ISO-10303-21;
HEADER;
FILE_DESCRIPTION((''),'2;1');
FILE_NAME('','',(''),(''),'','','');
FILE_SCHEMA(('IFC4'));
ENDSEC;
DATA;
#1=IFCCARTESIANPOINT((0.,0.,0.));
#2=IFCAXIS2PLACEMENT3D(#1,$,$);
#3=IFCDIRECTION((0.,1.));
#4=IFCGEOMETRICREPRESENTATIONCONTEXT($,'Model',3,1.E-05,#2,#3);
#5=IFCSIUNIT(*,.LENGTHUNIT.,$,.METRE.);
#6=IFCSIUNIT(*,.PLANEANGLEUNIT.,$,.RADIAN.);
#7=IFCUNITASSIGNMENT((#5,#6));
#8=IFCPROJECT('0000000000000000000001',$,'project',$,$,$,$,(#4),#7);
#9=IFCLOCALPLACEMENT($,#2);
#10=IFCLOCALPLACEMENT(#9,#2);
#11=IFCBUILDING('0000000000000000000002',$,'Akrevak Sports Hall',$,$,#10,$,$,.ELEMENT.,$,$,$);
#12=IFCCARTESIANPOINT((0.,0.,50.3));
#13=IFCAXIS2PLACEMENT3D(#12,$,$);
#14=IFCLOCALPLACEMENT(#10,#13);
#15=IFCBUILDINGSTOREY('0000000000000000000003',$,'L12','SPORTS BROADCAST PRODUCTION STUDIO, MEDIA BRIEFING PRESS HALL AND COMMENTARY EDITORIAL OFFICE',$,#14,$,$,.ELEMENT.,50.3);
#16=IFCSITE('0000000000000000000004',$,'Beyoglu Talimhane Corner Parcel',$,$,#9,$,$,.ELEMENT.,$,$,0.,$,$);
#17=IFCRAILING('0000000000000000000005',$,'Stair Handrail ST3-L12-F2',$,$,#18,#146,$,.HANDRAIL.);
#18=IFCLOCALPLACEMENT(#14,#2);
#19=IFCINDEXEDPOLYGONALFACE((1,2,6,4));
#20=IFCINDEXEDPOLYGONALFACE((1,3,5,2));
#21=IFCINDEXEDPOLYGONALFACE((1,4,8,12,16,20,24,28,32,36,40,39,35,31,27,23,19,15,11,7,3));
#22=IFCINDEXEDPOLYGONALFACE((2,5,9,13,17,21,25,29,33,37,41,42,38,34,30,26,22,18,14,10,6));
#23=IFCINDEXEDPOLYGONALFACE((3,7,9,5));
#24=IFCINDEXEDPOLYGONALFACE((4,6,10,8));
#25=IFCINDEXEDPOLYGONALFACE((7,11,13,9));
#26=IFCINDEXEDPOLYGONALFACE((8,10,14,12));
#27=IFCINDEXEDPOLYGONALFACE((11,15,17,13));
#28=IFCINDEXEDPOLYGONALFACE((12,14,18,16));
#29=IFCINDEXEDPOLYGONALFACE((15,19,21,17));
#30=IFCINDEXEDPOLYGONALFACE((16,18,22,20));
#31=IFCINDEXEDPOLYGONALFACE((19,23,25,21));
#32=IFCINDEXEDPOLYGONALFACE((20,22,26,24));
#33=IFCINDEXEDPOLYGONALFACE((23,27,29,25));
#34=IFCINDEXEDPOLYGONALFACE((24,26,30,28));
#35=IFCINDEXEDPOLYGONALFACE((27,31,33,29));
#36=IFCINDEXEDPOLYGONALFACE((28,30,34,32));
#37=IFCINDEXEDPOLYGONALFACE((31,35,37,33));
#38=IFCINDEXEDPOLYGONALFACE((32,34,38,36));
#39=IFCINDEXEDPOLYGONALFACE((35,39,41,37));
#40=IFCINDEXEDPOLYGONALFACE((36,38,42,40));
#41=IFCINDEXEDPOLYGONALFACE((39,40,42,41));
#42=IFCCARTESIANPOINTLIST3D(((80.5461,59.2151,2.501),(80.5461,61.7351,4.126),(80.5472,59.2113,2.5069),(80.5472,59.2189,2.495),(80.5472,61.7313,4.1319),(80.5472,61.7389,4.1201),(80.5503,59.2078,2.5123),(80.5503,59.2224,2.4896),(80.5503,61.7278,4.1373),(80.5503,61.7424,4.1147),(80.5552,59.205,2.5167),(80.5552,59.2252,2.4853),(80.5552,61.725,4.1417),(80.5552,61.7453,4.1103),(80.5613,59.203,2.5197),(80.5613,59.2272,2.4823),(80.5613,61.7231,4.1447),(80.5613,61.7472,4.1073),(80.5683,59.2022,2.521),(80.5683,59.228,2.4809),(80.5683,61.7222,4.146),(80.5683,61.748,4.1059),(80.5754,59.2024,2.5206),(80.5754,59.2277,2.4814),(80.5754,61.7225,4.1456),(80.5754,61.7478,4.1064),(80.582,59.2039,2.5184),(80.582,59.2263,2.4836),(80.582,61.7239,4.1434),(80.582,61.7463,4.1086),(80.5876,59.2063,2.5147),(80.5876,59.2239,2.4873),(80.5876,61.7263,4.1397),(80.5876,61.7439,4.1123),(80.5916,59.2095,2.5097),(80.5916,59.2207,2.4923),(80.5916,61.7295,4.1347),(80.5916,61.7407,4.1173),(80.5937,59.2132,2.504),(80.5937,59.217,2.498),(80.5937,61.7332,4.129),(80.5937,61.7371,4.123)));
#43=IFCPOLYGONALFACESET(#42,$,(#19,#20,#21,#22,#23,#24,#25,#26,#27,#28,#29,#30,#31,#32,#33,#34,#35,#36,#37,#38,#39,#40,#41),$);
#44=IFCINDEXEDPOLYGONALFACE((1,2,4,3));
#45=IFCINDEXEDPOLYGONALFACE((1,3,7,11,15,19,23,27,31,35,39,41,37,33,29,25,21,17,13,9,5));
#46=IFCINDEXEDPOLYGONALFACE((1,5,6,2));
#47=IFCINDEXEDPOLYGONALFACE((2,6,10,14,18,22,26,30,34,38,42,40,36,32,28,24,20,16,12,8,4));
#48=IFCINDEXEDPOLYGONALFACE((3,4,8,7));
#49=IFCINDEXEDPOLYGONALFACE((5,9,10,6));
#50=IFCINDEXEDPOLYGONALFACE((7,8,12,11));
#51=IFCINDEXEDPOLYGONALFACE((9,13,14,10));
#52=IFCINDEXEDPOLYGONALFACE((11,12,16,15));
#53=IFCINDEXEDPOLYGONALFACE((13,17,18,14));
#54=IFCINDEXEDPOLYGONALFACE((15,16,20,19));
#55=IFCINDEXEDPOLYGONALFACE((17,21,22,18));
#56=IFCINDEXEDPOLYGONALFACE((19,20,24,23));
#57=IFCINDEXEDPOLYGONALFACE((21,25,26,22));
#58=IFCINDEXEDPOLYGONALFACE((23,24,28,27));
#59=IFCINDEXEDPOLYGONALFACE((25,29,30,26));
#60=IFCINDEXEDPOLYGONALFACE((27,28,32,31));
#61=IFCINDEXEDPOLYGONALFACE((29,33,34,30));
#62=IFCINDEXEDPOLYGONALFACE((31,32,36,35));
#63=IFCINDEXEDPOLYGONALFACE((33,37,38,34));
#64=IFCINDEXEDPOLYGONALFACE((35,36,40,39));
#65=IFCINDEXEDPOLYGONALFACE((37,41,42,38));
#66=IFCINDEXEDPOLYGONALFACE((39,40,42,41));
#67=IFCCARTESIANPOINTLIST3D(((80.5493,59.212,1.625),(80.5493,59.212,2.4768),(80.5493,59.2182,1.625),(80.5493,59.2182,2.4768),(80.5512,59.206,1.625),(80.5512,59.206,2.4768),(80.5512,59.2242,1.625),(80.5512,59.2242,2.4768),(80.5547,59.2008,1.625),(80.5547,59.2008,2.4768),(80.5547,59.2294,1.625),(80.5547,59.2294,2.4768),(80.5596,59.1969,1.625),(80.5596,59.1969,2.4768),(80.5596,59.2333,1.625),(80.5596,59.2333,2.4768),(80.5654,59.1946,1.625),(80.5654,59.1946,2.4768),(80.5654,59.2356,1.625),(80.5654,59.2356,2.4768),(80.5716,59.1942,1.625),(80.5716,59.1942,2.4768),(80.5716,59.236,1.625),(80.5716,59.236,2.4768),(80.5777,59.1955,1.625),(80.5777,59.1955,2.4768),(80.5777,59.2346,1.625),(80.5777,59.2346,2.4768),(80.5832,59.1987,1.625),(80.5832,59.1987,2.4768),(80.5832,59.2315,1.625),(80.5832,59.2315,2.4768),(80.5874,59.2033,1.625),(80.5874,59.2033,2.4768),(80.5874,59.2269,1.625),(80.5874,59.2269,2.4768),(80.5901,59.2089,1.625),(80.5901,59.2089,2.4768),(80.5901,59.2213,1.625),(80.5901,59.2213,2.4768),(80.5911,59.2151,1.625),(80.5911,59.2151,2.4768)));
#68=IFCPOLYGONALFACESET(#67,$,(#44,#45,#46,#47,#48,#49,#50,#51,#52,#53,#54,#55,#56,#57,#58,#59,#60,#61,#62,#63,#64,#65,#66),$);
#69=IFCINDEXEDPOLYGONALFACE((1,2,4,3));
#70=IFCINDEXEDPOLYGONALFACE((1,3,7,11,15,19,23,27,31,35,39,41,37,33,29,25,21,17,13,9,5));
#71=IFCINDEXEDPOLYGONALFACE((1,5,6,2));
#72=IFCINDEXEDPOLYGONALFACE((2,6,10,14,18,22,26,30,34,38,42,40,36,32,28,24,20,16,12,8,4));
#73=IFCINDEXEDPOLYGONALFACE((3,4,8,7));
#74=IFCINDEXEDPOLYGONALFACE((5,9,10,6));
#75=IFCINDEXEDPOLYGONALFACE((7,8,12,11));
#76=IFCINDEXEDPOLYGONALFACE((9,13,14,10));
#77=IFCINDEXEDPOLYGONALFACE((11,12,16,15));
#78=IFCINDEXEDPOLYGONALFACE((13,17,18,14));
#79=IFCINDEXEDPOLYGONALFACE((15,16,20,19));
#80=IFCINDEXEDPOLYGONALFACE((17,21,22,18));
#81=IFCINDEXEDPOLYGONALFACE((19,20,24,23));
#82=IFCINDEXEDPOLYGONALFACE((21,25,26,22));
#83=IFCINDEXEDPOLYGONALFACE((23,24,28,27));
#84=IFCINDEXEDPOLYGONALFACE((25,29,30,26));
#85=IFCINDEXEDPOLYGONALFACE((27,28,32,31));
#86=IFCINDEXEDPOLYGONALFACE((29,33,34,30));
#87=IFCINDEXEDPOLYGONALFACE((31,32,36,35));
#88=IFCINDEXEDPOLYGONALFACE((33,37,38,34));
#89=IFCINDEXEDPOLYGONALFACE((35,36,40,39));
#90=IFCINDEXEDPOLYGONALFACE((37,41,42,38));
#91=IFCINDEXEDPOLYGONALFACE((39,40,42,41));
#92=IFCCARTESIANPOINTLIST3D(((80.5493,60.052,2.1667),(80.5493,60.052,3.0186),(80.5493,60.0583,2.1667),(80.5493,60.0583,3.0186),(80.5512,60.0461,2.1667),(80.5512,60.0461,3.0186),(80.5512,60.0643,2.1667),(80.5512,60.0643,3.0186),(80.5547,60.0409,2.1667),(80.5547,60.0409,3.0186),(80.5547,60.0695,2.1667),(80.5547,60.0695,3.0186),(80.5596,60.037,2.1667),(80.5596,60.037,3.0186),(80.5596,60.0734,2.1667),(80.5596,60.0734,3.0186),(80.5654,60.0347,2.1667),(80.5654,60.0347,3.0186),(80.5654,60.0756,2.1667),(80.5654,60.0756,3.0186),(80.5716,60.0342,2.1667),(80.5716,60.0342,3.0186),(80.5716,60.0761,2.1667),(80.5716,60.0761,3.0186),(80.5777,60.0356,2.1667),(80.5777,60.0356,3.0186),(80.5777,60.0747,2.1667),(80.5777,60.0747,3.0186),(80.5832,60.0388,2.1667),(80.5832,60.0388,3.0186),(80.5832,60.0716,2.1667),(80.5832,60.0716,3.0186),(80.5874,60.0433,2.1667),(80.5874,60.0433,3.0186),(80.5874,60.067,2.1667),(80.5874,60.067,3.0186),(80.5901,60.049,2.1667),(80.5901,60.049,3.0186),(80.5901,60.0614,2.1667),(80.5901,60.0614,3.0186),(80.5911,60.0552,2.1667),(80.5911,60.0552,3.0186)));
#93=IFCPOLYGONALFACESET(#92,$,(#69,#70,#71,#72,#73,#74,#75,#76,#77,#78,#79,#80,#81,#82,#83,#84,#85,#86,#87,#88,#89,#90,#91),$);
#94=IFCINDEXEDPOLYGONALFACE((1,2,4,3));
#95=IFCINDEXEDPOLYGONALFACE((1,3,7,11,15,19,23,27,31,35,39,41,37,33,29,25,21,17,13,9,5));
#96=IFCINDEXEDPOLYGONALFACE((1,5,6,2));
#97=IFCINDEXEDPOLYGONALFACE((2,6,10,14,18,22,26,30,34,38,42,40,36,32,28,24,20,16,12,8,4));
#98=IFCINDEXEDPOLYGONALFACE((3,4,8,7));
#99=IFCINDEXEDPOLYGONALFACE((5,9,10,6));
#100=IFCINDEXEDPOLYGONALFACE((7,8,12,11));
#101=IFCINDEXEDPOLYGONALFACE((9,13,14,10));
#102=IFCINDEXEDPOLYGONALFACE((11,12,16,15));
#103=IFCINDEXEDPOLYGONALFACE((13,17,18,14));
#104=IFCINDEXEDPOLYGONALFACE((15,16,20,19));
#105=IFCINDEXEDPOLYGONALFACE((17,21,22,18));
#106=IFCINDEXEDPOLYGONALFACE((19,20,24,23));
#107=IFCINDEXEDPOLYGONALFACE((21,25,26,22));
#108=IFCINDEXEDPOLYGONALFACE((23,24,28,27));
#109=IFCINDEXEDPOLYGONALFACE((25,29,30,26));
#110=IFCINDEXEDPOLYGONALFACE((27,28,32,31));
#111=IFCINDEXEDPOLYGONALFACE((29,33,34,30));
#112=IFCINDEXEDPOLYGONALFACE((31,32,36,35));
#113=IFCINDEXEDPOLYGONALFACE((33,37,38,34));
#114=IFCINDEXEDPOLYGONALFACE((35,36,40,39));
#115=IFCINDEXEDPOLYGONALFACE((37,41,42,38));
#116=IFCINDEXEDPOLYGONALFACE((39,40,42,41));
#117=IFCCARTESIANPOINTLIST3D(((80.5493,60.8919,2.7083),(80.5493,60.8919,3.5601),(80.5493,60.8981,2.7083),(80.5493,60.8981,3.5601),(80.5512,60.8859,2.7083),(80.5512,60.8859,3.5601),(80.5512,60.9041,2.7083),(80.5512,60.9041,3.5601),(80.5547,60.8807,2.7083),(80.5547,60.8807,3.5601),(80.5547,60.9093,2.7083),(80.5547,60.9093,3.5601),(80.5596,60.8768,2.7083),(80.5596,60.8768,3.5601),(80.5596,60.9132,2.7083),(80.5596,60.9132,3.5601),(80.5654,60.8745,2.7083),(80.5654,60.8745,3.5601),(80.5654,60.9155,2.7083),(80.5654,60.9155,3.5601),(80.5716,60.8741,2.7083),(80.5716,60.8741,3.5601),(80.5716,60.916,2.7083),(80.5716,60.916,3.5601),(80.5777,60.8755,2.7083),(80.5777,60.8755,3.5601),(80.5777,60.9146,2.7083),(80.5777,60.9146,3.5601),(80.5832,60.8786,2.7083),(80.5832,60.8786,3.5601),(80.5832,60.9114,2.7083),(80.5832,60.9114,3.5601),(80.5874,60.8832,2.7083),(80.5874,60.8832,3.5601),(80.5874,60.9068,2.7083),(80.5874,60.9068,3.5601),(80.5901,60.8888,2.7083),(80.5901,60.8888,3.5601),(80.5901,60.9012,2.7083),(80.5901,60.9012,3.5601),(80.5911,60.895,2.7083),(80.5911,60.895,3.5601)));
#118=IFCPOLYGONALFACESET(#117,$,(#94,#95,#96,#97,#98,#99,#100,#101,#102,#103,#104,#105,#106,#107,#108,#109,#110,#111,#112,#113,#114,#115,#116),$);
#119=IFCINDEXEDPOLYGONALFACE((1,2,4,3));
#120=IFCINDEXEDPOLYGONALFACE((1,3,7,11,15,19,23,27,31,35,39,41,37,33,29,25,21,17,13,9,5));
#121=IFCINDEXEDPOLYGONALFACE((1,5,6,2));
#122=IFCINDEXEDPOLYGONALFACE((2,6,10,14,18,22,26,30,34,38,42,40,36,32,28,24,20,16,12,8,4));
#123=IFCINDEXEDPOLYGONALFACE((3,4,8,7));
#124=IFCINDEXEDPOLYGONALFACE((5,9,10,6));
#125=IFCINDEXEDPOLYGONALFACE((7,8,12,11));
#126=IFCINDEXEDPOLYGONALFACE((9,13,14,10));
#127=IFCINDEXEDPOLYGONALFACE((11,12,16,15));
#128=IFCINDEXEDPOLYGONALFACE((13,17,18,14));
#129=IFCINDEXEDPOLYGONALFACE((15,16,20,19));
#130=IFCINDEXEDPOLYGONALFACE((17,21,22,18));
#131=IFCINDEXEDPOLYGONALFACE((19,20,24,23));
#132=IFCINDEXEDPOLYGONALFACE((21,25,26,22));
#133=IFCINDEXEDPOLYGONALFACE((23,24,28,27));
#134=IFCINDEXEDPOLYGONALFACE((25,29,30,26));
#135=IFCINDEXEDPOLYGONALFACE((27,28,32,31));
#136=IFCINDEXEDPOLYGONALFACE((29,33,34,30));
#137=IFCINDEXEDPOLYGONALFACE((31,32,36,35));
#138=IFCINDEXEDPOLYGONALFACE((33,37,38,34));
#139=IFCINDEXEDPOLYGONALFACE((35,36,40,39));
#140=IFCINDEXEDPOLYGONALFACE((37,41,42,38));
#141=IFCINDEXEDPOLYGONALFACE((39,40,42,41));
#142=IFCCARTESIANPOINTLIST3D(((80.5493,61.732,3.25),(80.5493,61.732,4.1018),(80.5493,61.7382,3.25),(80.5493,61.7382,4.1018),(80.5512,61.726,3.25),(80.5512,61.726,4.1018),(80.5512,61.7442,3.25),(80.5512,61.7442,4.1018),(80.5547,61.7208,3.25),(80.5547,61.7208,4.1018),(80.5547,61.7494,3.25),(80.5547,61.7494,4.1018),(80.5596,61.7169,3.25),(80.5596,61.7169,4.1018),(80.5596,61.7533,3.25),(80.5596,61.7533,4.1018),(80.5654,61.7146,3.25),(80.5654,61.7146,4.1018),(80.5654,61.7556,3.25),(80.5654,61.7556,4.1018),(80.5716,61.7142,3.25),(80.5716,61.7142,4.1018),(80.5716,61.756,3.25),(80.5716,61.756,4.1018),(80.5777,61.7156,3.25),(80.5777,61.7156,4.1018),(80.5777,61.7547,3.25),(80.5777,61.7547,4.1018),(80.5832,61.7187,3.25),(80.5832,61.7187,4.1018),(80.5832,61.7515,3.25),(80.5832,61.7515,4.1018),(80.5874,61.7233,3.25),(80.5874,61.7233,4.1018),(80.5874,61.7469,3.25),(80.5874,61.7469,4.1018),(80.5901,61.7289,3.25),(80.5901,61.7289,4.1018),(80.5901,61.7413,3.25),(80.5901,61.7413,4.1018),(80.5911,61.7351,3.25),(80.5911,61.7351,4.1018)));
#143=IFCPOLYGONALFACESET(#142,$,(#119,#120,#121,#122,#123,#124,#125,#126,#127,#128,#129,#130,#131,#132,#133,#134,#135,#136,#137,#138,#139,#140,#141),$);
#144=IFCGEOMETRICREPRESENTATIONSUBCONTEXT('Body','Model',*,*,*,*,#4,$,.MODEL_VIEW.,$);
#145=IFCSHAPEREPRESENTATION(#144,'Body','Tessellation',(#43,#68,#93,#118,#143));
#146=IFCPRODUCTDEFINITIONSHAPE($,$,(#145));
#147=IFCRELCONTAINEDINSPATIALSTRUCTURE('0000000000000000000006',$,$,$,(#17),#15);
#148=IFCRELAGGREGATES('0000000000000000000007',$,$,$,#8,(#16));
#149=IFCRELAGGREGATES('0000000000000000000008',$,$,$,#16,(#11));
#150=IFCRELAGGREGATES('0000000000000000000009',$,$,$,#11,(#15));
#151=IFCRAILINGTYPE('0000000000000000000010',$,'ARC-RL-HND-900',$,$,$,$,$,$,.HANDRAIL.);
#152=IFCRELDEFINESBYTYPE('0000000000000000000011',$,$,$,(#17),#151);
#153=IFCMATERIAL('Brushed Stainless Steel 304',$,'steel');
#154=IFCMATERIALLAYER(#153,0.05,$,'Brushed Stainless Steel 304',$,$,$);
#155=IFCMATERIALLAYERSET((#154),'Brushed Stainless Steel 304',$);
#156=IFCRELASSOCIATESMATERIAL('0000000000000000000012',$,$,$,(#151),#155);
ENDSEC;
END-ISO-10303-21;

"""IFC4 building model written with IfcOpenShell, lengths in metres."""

from ifc_helpers import new_model, si_unit, direction, frame, origin, origin_2d, place, context, subcontext, project, spatial, circle, extrude, material, layer, layer_set, type_object, element, save


model = new_model("IFC4")

# Units and contexts
model_context = context("Model", 3, precision=1e-05, world=origin(), true_north=direction((0.0, 1.0)))
body_context = subcontext(model_context, "Body", "Model", "MODEL_VIEW")
ifc_project = project(units=[si_unit("LENGTHUNIT", "METRE"), si_unit("PLANEANGLEUNIT", "RADIAN")], contexts=[model_context])

# Site, building, storey
site_placement = place(None, origin())
site = spatial("IfcSite", under=ifc_project, at=site_placement, Name="Beyoglu Talimhane Corner Parcel", CompositionType="ELEMENT", RefElevation=0.0)
building_placement = place(site_placement, origin())
building = spatial("IfcBuilding", under=site, at=building_placement, Name="Akrevak Sports Hall", CompositionType="ELEMENT")
storey_placement = place(building_placement, frame((0.0, 0.0, 50.3)))
storey = spatial("IfcBuildingStorey", under=building, at=storey_placement, Name="L12", Description="SPORTS BROADCAST PRODUCTION STUDIO, MEDIA BRIEFING PRESS HALL AND COMMENTARY EDITORIAL OFFICE", CompositionType="ELEMENT", Elevation=50.3)

# Railing
ifc_material_1 = material(Name="Brushed Stainless Steel 304", Category="steel")
ifc_layer_1 = layer(ifc_material_1, 0.05, Name="Brushed Stainless Steel 304")
ifc_layer_set_1 = layer_set([ifc_layer_1], Name="Brushed Stainless Steel 304")
railing_type_1 = type_object("IfcRailingType", Name="ARC-RL-HND-900", PredefinedType="HANDRAIL", material=ifc_layer_set_1)
railing_1_placement = place(storey_placement, frame((80.5701, 59.2151, 1.625)))
element("IfcRailing", 1, at=railing_1_placement, inside=storey, type_object=railing_type_1, Name="Stair Handrail ST3-L12-F2", PredefinedType="HANDRAIL", context=body_context, shape_type="SweptSolid", body=[
    extrude(circle(Radius=0.0239, at=origin_2d()), frame((0.0, 0.0, 0.876), z_axis=(0.0, 0.840421, 0.541934), x_axis=(-1.0, 0.0, 0.0)), (0.0, 0.0, 1.0), 2.9985),
    extrude(circle(Radius=0.021, at=origin_2d()), origin(), (0.0, 0.0, 1.0), 0.8518),
    extrude(circle(Radius=0.021, at=origin_2d()), frame((0.0, 0.8401, 0.5417)), (0.0, 0.0, 1.0), 0.8518),
    extrude(circle(Radius=0.021, at=origin_2d()), frame((0.0, 1.6799, 1.0833)), (0.0, 0.0, 1.0), 0.8518),
    extrude(circle(Radius=0.021, at=origin_2d()), frame((0.0, 2.52, 1.625)), (0.0, 0.0, 1.0), 0.8518),
])

save(model, "model.ifc")
